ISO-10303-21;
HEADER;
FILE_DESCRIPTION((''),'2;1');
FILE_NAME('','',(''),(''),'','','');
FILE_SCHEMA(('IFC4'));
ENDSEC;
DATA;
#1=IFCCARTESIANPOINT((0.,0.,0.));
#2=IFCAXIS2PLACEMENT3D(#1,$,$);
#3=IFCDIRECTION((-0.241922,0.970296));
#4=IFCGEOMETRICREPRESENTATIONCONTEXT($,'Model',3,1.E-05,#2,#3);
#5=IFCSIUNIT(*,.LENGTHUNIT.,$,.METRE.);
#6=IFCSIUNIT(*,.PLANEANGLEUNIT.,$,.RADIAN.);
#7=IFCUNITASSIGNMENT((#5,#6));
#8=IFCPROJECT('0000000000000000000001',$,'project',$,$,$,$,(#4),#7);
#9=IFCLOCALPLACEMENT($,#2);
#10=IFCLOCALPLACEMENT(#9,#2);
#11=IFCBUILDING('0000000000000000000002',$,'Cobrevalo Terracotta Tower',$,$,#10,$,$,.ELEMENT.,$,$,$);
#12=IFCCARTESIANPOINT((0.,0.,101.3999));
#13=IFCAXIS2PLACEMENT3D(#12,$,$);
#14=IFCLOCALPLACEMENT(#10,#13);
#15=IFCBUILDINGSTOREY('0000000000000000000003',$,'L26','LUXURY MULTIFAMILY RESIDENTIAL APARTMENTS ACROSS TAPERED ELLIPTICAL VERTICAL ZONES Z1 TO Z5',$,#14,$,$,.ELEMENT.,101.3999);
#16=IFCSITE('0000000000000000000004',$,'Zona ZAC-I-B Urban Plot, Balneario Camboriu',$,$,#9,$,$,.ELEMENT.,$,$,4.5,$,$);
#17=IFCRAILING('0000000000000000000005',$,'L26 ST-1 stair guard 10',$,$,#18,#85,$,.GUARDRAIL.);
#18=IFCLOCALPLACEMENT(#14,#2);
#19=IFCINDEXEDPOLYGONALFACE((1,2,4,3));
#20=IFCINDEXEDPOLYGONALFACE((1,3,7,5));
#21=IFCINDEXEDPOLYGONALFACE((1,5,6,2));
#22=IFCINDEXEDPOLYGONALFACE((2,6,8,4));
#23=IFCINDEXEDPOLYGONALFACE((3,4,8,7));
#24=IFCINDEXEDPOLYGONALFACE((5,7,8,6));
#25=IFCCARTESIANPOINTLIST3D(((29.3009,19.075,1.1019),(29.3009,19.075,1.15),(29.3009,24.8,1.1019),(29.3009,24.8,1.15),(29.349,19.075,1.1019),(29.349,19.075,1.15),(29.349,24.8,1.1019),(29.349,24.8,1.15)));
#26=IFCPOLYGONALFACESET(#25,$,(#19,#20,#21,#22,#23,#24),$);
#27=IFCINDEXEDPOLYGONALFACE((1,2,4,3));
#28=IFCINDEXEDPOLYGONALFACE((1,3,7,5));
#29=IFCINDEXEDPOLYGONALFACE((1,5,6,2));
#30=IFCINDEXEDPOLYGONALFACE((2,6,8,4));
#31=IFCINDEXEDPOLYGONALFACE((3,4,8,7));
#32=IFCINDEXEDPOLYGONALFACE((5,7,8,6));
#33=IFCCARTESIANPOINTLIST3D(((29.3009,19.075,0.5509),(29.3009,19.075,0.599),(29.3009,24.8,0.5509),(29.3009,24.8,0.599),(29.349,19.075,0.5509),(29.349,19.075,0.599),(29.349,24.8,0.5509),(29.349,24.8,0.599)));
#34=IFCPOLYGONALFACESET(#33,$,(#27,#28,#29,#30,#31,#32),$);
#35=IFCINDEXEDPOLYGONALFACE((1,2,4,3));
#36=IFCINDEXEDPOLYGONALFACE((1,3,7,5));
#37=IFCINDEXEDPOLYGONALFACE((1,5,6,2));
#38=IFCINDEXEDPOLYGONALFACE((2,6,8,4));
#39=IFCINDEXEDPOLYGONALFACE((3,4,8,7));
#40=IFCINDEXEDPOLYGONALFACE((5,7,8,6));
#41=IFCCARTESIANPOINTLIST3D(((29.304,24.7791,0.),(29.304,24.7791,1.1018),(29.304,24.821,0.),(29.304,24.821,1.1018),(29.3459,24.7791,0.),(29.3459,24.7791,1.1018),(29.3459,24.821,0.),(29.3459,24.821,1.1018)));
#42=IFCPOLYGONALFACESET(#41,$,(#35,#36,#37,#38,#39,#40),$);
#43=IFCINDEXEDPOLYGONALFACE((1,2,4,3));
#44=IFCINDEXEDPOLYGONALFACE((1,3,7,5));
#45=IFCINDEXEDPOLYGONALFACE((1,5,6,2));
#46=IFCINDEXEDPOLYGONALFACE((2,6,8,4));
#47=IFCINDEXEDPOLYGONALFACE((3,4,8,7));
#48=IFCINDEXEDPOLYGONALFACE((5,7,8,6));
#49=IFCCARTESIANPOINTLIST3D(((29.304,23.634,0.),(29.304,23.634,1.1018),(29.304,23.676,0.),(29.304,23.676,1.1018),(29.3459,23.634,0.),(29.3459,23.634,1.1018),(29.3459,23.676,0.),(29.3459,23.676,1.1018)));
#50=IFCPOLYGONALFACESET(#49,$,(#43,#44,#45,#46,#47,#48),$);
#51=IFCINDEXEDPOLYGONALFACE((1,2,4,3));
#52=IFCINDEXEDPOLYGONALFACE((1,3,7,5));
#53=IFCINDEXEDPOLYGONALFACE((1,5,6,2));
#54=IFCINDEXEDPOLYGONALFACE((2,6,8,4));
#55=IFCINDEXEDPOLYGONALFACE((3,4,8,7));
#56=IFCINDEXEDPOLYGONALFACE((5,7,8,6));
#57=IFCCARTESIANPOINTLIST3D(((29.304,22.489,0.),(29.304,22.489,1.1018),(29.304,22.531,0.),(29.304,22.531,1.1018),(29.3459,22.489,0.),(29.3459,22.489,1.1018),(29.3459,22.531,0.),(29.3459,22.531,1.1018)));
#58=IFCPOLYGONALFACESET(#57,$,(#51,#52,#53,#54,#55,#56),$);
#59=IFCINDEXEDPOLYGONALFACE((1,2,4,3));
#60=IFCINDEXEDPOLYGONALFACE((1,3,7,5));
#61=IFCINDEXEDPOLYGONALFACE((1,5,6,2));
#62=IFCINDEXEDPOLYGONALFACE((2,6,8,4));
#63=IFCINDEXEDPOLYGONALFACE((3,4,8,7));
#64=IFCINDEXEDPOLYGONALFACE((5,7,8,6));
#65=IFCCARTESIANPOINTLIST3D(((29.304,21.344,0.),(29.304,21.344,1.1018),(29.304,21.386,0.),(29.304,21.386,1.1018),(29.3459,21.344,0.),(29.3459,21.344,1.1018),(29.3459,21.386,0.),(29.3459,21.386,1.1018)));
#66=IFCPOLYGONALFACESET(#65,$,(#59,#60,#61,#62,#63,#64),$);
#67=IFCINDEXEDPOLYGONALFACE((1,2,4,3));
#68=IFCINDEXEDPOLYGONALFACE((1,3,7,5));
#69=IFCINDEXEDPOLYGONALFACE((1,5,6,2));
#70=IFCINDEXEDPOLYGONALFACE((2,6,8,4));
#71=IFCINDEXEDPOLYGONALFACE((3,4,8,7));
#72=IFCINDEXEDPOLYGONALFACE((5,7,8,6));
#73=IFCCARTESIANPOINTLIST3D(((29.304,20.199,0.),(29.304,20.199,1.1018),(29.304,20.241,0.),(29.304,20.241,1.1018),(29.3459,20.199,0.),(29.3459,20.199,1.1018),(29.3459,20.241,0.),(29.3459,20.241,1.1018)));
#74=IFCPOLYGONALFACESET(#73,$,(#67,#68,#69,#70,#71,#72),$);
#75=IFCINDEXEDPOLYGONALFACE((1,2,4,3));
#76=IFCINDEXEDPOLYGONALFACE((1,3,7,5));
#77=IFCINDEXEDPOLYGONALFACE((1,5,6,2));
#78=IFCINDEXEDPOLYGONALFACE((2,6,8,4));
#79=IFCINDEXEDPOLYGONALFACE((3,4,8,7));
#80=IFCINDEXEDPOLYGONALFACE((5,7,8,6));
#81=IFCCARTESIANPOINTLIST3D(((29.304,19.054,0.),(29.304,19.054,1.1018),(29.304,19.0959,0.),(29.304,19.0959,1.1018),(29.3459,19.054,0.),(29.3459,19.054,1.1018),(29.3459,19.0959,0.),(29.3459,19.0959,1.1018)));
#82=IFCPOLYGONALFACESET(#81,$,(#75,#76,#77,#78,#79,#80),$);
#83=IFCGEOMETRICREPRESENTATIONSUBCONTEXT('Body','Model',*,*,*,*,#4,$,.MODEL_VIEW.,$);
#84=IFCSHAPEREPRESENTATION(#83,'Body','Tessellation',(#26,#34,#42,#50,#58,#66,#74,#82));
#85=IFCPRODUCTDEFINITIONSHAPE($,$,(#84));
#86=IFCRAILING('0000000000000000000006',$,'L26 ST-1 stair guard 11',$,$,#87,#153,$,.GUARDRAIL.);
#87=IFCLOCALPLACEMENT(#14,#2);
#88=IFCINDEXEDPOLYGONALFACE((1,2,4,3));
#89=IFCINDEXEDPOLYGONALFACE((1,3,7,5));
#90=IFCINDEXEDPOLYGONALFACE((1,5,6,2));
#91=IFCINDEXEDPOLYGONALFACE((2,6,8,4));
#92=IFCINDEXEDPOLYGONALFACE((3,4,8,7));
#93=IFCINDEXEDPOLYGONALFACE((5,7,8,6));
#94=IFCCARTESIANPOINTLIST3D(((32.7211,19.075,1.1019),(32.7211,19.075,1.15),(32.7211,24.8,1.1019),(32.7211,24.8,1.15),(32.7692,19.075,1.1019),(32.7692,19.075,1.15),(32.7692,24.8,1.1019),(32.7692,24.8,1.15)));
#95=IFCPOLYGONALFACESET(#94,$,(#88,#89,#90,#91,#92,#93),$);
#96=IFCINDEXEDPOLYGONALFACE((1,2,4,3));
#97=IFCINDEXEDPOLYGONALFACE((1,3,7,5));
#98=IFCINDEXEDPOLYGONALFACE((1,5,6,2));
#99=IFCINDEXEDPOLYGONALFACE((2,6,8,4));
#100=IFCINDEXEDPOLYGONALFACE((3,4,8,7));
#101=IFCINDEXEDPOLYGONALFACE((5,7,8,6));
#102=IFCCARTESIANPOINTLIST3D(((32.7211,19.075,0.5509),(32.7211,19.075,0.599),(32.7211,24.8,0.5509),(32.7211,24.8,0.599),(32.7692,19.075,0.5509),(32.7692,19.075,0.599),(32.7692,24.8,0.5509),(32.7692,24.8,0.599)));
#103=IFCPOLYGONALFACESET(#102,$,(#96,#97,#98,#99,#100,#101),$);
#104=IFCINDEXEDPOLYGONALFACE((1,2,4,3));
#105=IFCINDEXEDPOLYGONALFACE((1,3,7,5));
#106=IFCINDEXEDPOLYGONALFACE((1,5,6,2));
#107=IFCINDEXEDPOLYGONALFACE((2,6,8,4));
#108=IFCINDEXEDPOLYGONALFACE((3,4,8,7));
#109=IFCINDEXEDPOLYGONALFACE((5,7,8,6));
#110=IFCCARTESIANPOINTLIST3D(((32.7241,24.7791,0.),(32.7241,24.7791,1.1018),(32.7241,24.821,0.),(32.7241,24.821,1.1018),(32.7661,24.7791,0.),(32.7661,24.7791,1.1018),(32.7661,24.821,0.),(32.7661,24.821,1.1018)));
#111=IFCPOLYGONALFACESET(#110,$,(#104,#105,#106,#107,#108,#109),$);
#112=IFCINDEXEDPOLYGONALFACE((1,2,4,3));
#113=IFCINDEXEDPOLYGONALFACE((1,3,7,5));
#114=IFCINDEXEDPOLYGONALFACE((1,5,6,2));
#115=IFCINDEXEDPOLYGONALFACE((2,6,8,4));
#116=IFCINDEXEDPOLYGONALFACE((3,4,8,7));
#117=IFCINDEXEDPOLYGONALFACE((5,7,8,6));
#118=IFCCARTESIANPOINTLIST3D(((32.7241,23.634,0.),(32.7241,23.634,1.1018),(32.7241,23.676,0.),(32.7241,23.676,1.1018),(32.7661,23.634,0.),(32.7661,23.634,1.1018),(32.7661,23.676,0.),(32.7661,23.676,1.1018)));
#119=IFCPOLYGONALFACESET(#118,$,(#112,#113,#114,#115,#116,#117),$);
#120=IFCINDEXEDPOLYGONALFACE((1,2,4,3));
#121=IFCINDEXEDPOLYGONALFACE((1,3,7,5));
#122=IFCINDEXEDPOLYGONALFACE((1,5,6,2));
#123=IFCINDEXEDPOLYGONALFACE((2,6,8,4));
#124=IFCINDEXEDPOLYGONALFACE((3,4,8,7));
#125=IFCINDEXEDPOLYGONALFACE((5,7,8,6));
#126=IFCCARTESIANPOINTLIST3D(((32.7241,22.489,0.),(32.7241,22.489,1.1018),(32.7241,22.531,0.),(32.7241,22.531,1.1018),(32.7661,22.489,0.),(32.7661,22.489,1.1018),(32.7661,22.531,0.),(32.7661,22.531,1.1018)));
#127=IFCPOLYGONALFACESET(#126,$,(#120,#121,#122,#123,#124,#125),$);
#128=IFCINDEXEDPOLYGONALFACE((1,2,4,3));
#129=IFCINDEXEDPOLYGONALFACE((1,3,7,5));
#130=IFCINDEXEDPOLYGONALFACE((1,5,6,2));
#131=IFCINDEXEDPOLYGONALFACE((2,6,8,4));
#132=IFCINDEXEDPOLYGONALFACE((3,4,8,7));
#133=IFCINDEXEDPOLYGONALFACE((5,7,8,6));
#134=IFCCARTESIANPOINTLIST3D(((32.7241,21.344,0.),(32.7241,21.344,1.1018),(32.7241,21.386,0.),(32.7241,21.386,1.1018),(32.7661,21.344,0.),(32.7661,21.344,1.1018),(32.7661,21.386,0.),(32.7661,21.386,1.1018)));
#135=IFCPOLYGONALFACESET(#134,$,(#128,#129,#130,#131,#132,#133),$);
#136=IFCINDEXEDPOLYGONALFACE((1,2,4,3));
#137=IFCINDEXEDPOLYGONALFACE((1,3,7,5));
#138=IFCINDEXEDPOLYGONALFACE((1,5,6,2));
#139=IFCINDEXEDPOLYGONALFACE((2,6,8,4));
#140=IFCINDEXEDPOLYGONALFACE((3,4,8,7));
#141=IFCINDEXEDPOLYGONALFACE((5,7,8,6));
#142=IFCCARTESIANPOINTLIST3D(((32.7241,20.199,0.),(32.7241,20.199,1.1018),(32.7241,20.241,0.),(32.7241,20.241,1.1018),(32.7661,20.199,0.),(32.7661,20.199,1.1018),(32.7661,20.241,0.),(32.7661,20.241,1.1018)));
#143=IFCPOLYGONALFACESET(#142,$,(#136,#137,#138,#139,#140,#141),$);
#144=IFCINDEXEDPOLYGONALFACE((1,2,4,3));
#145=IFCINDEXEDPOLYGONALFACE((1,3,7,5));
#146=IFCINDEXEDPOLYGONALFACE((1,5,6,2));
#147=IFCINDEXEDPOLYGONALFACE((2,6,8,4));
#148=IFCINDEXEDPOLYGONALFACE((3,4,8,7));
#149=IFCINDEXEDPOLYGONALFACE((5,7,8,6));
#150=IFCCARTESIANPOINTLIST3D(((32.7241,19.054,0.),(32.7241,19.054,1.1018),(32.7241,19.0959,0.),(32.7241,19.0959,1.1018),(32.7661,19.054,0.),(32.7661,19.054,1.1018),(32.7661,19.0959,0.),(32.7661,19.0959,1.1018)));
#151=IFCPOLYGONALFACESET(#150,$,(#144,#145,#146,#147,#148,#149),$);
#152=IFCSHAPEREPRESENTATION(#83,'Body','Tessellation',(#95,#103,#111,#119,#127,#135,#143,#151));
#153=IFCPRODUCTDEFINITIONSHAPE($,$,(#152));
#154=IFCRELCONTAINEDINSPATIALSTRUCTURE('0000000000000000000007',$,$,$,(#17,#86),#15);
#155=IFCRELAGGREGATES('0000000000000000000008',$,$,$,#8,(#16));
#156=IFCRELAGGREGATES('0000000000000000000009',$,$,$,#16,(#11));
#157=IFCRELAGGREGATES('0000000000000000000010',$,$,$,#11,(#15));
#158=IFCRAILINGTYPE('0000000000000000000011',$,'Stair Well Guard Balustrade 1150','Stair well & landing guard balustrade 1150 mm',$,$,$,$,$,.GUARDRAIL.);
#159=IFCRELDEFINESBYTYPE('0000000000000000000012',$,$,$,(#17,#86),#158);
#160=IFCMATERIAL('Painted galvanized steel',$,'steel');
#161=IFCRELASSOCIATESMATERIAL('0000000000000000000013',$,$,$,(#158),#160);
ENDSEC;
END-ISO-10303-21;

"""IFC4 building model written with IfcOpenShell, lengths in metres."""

from ifc_helpers import new_model, si_unit, direction, frame, origin, origin_2d, place, context, subcontext, project, spatial, rectangle, extrude, material, type_object, element, save


model = new_model("IFC4")

# Units and contexts
model_context = context("Model", 3, precision=1e-05, world=origin(), true_north=direction((-0.241922, 0.970296)))
body_context = subcontext(model_context, "Body", "Model", "MODEL_VIEW")
ifc_project = project(units=[si_unit("LENGTHUNIT", "METRE"), si_unit("PLANEANGLEUNIT", "RADIAN")], contexts=[model_context])

# Site, building, storey
site_placement = place(None, origin())
site = spatial("IfcSite", under=ifc_project, at=site_placement, Name="Zona ZAC-I-B Urban Plot, Balneario Camboriu", CompositionType="ELEMENT", RefElevation=4.5)
building_placement = place(site_placement, origin())
building = spatial("IfcBuilding", under=site, at=building_placement, Name="Cobrevalo Terracotta Tower", CompositionType="ELEMENT")
storey_placement = place(building_placement, frame((0.0, 0.0, 101.3999)))
storey = spatial("IfcBuildingStorey", under=building, at=storey_placement, Name="L26", Description="LUXURY MULTIFAMILY RESIDENTIAL APARTMENTS ACROSS TAPERED ELLIPTICAL VERTICAL ZONES Z1 TO Z5", CompositionType="ELEMENT", Elevation=101.3999)

# Railings
ifc_material_1 = material(Name="Painted galvanized steel", Category="steel")
railing_type_1 = type_object("IfcRailingType", Name="Stair Well Guard Balustrade 1150", Description="Stair well & landing guard balustrade 1150 mm", PredefinedType="GUARDRAIL", material=ifc_material_1)
for number, where, name in (
    (1, (29.325, 24.8, 0.0), "L26 ST-1 stair guard 10"),
    (2, (32.7451, 24.8, 0.0), "L26 ST-1 stair guard 11"),
):
    element("IfcRailing", number, at=place(storey_placement, frame(where)), inside=storey, type_object=railing_type_1, Name=name, PredefinedType="GUARDRAIL", context=body_context, shape_type="SweptSolid", body=[
        extrude(rectangle(XDim=0.0481, YDim=0.0481, at=origin_2d()), frame((0.0, 0.0, 1.126), z_axis=(0.0, -1.0, 0.0), x_axis=(1.0, 0.0, 0.0)), (0.0, 0.0, 1.0), 5.7251),
        extrude(rectangle(XDim=0.0481, YDim=0.0481, at=origin_2d()), frame((0.0, 0.0, 0.575), z_axis=(0.0, -1.0, 0.0), x_axis=(1.0, 0.0, 0.0)), (0.0, 0.0, 1.0), 5.7251),
        extrude(rectangle(XDim=0.042, YDim=0.042, at=origin_2d()), origin(), (0.0, 0.0, 1.0), 1.1018),
        extrude(rectangle(XDim=0.042, YDim=0.042, at=origin_2d()), frame((0.0, -1.145, 0.0)), (0.0, 0.0, 1.0), 1.1018),
        extrude(rectangle(XDim=0.042, YDim=0.042, at=origin_2d()), frame((0.0, -2.29, 0.0)), (0.0, 0.0, 1.0), 1.1018),
        extrude(rectangle(XDim=0.042, YDim=0.042, at=origin_2d()), frame((0.0, -3.4351, 0.0)), (0.0, 0.0, 1.0), 1.1018),
        extrude(rectangle(XDim=0.042, YDim=0.042, at=origin_2d()), frame((0.0, -4.5801, 0.0)), (0.0, 0.0, 1.0), 1.1018),
        extrude(rectangle(XDim=0.042, YDim=0.042, at=origin_2d()), frame((0.0, -5.7251, 0.0)), (0.0, 0.0, 1.0), 1.1018),
    ])

save(model, "model.ifc")
